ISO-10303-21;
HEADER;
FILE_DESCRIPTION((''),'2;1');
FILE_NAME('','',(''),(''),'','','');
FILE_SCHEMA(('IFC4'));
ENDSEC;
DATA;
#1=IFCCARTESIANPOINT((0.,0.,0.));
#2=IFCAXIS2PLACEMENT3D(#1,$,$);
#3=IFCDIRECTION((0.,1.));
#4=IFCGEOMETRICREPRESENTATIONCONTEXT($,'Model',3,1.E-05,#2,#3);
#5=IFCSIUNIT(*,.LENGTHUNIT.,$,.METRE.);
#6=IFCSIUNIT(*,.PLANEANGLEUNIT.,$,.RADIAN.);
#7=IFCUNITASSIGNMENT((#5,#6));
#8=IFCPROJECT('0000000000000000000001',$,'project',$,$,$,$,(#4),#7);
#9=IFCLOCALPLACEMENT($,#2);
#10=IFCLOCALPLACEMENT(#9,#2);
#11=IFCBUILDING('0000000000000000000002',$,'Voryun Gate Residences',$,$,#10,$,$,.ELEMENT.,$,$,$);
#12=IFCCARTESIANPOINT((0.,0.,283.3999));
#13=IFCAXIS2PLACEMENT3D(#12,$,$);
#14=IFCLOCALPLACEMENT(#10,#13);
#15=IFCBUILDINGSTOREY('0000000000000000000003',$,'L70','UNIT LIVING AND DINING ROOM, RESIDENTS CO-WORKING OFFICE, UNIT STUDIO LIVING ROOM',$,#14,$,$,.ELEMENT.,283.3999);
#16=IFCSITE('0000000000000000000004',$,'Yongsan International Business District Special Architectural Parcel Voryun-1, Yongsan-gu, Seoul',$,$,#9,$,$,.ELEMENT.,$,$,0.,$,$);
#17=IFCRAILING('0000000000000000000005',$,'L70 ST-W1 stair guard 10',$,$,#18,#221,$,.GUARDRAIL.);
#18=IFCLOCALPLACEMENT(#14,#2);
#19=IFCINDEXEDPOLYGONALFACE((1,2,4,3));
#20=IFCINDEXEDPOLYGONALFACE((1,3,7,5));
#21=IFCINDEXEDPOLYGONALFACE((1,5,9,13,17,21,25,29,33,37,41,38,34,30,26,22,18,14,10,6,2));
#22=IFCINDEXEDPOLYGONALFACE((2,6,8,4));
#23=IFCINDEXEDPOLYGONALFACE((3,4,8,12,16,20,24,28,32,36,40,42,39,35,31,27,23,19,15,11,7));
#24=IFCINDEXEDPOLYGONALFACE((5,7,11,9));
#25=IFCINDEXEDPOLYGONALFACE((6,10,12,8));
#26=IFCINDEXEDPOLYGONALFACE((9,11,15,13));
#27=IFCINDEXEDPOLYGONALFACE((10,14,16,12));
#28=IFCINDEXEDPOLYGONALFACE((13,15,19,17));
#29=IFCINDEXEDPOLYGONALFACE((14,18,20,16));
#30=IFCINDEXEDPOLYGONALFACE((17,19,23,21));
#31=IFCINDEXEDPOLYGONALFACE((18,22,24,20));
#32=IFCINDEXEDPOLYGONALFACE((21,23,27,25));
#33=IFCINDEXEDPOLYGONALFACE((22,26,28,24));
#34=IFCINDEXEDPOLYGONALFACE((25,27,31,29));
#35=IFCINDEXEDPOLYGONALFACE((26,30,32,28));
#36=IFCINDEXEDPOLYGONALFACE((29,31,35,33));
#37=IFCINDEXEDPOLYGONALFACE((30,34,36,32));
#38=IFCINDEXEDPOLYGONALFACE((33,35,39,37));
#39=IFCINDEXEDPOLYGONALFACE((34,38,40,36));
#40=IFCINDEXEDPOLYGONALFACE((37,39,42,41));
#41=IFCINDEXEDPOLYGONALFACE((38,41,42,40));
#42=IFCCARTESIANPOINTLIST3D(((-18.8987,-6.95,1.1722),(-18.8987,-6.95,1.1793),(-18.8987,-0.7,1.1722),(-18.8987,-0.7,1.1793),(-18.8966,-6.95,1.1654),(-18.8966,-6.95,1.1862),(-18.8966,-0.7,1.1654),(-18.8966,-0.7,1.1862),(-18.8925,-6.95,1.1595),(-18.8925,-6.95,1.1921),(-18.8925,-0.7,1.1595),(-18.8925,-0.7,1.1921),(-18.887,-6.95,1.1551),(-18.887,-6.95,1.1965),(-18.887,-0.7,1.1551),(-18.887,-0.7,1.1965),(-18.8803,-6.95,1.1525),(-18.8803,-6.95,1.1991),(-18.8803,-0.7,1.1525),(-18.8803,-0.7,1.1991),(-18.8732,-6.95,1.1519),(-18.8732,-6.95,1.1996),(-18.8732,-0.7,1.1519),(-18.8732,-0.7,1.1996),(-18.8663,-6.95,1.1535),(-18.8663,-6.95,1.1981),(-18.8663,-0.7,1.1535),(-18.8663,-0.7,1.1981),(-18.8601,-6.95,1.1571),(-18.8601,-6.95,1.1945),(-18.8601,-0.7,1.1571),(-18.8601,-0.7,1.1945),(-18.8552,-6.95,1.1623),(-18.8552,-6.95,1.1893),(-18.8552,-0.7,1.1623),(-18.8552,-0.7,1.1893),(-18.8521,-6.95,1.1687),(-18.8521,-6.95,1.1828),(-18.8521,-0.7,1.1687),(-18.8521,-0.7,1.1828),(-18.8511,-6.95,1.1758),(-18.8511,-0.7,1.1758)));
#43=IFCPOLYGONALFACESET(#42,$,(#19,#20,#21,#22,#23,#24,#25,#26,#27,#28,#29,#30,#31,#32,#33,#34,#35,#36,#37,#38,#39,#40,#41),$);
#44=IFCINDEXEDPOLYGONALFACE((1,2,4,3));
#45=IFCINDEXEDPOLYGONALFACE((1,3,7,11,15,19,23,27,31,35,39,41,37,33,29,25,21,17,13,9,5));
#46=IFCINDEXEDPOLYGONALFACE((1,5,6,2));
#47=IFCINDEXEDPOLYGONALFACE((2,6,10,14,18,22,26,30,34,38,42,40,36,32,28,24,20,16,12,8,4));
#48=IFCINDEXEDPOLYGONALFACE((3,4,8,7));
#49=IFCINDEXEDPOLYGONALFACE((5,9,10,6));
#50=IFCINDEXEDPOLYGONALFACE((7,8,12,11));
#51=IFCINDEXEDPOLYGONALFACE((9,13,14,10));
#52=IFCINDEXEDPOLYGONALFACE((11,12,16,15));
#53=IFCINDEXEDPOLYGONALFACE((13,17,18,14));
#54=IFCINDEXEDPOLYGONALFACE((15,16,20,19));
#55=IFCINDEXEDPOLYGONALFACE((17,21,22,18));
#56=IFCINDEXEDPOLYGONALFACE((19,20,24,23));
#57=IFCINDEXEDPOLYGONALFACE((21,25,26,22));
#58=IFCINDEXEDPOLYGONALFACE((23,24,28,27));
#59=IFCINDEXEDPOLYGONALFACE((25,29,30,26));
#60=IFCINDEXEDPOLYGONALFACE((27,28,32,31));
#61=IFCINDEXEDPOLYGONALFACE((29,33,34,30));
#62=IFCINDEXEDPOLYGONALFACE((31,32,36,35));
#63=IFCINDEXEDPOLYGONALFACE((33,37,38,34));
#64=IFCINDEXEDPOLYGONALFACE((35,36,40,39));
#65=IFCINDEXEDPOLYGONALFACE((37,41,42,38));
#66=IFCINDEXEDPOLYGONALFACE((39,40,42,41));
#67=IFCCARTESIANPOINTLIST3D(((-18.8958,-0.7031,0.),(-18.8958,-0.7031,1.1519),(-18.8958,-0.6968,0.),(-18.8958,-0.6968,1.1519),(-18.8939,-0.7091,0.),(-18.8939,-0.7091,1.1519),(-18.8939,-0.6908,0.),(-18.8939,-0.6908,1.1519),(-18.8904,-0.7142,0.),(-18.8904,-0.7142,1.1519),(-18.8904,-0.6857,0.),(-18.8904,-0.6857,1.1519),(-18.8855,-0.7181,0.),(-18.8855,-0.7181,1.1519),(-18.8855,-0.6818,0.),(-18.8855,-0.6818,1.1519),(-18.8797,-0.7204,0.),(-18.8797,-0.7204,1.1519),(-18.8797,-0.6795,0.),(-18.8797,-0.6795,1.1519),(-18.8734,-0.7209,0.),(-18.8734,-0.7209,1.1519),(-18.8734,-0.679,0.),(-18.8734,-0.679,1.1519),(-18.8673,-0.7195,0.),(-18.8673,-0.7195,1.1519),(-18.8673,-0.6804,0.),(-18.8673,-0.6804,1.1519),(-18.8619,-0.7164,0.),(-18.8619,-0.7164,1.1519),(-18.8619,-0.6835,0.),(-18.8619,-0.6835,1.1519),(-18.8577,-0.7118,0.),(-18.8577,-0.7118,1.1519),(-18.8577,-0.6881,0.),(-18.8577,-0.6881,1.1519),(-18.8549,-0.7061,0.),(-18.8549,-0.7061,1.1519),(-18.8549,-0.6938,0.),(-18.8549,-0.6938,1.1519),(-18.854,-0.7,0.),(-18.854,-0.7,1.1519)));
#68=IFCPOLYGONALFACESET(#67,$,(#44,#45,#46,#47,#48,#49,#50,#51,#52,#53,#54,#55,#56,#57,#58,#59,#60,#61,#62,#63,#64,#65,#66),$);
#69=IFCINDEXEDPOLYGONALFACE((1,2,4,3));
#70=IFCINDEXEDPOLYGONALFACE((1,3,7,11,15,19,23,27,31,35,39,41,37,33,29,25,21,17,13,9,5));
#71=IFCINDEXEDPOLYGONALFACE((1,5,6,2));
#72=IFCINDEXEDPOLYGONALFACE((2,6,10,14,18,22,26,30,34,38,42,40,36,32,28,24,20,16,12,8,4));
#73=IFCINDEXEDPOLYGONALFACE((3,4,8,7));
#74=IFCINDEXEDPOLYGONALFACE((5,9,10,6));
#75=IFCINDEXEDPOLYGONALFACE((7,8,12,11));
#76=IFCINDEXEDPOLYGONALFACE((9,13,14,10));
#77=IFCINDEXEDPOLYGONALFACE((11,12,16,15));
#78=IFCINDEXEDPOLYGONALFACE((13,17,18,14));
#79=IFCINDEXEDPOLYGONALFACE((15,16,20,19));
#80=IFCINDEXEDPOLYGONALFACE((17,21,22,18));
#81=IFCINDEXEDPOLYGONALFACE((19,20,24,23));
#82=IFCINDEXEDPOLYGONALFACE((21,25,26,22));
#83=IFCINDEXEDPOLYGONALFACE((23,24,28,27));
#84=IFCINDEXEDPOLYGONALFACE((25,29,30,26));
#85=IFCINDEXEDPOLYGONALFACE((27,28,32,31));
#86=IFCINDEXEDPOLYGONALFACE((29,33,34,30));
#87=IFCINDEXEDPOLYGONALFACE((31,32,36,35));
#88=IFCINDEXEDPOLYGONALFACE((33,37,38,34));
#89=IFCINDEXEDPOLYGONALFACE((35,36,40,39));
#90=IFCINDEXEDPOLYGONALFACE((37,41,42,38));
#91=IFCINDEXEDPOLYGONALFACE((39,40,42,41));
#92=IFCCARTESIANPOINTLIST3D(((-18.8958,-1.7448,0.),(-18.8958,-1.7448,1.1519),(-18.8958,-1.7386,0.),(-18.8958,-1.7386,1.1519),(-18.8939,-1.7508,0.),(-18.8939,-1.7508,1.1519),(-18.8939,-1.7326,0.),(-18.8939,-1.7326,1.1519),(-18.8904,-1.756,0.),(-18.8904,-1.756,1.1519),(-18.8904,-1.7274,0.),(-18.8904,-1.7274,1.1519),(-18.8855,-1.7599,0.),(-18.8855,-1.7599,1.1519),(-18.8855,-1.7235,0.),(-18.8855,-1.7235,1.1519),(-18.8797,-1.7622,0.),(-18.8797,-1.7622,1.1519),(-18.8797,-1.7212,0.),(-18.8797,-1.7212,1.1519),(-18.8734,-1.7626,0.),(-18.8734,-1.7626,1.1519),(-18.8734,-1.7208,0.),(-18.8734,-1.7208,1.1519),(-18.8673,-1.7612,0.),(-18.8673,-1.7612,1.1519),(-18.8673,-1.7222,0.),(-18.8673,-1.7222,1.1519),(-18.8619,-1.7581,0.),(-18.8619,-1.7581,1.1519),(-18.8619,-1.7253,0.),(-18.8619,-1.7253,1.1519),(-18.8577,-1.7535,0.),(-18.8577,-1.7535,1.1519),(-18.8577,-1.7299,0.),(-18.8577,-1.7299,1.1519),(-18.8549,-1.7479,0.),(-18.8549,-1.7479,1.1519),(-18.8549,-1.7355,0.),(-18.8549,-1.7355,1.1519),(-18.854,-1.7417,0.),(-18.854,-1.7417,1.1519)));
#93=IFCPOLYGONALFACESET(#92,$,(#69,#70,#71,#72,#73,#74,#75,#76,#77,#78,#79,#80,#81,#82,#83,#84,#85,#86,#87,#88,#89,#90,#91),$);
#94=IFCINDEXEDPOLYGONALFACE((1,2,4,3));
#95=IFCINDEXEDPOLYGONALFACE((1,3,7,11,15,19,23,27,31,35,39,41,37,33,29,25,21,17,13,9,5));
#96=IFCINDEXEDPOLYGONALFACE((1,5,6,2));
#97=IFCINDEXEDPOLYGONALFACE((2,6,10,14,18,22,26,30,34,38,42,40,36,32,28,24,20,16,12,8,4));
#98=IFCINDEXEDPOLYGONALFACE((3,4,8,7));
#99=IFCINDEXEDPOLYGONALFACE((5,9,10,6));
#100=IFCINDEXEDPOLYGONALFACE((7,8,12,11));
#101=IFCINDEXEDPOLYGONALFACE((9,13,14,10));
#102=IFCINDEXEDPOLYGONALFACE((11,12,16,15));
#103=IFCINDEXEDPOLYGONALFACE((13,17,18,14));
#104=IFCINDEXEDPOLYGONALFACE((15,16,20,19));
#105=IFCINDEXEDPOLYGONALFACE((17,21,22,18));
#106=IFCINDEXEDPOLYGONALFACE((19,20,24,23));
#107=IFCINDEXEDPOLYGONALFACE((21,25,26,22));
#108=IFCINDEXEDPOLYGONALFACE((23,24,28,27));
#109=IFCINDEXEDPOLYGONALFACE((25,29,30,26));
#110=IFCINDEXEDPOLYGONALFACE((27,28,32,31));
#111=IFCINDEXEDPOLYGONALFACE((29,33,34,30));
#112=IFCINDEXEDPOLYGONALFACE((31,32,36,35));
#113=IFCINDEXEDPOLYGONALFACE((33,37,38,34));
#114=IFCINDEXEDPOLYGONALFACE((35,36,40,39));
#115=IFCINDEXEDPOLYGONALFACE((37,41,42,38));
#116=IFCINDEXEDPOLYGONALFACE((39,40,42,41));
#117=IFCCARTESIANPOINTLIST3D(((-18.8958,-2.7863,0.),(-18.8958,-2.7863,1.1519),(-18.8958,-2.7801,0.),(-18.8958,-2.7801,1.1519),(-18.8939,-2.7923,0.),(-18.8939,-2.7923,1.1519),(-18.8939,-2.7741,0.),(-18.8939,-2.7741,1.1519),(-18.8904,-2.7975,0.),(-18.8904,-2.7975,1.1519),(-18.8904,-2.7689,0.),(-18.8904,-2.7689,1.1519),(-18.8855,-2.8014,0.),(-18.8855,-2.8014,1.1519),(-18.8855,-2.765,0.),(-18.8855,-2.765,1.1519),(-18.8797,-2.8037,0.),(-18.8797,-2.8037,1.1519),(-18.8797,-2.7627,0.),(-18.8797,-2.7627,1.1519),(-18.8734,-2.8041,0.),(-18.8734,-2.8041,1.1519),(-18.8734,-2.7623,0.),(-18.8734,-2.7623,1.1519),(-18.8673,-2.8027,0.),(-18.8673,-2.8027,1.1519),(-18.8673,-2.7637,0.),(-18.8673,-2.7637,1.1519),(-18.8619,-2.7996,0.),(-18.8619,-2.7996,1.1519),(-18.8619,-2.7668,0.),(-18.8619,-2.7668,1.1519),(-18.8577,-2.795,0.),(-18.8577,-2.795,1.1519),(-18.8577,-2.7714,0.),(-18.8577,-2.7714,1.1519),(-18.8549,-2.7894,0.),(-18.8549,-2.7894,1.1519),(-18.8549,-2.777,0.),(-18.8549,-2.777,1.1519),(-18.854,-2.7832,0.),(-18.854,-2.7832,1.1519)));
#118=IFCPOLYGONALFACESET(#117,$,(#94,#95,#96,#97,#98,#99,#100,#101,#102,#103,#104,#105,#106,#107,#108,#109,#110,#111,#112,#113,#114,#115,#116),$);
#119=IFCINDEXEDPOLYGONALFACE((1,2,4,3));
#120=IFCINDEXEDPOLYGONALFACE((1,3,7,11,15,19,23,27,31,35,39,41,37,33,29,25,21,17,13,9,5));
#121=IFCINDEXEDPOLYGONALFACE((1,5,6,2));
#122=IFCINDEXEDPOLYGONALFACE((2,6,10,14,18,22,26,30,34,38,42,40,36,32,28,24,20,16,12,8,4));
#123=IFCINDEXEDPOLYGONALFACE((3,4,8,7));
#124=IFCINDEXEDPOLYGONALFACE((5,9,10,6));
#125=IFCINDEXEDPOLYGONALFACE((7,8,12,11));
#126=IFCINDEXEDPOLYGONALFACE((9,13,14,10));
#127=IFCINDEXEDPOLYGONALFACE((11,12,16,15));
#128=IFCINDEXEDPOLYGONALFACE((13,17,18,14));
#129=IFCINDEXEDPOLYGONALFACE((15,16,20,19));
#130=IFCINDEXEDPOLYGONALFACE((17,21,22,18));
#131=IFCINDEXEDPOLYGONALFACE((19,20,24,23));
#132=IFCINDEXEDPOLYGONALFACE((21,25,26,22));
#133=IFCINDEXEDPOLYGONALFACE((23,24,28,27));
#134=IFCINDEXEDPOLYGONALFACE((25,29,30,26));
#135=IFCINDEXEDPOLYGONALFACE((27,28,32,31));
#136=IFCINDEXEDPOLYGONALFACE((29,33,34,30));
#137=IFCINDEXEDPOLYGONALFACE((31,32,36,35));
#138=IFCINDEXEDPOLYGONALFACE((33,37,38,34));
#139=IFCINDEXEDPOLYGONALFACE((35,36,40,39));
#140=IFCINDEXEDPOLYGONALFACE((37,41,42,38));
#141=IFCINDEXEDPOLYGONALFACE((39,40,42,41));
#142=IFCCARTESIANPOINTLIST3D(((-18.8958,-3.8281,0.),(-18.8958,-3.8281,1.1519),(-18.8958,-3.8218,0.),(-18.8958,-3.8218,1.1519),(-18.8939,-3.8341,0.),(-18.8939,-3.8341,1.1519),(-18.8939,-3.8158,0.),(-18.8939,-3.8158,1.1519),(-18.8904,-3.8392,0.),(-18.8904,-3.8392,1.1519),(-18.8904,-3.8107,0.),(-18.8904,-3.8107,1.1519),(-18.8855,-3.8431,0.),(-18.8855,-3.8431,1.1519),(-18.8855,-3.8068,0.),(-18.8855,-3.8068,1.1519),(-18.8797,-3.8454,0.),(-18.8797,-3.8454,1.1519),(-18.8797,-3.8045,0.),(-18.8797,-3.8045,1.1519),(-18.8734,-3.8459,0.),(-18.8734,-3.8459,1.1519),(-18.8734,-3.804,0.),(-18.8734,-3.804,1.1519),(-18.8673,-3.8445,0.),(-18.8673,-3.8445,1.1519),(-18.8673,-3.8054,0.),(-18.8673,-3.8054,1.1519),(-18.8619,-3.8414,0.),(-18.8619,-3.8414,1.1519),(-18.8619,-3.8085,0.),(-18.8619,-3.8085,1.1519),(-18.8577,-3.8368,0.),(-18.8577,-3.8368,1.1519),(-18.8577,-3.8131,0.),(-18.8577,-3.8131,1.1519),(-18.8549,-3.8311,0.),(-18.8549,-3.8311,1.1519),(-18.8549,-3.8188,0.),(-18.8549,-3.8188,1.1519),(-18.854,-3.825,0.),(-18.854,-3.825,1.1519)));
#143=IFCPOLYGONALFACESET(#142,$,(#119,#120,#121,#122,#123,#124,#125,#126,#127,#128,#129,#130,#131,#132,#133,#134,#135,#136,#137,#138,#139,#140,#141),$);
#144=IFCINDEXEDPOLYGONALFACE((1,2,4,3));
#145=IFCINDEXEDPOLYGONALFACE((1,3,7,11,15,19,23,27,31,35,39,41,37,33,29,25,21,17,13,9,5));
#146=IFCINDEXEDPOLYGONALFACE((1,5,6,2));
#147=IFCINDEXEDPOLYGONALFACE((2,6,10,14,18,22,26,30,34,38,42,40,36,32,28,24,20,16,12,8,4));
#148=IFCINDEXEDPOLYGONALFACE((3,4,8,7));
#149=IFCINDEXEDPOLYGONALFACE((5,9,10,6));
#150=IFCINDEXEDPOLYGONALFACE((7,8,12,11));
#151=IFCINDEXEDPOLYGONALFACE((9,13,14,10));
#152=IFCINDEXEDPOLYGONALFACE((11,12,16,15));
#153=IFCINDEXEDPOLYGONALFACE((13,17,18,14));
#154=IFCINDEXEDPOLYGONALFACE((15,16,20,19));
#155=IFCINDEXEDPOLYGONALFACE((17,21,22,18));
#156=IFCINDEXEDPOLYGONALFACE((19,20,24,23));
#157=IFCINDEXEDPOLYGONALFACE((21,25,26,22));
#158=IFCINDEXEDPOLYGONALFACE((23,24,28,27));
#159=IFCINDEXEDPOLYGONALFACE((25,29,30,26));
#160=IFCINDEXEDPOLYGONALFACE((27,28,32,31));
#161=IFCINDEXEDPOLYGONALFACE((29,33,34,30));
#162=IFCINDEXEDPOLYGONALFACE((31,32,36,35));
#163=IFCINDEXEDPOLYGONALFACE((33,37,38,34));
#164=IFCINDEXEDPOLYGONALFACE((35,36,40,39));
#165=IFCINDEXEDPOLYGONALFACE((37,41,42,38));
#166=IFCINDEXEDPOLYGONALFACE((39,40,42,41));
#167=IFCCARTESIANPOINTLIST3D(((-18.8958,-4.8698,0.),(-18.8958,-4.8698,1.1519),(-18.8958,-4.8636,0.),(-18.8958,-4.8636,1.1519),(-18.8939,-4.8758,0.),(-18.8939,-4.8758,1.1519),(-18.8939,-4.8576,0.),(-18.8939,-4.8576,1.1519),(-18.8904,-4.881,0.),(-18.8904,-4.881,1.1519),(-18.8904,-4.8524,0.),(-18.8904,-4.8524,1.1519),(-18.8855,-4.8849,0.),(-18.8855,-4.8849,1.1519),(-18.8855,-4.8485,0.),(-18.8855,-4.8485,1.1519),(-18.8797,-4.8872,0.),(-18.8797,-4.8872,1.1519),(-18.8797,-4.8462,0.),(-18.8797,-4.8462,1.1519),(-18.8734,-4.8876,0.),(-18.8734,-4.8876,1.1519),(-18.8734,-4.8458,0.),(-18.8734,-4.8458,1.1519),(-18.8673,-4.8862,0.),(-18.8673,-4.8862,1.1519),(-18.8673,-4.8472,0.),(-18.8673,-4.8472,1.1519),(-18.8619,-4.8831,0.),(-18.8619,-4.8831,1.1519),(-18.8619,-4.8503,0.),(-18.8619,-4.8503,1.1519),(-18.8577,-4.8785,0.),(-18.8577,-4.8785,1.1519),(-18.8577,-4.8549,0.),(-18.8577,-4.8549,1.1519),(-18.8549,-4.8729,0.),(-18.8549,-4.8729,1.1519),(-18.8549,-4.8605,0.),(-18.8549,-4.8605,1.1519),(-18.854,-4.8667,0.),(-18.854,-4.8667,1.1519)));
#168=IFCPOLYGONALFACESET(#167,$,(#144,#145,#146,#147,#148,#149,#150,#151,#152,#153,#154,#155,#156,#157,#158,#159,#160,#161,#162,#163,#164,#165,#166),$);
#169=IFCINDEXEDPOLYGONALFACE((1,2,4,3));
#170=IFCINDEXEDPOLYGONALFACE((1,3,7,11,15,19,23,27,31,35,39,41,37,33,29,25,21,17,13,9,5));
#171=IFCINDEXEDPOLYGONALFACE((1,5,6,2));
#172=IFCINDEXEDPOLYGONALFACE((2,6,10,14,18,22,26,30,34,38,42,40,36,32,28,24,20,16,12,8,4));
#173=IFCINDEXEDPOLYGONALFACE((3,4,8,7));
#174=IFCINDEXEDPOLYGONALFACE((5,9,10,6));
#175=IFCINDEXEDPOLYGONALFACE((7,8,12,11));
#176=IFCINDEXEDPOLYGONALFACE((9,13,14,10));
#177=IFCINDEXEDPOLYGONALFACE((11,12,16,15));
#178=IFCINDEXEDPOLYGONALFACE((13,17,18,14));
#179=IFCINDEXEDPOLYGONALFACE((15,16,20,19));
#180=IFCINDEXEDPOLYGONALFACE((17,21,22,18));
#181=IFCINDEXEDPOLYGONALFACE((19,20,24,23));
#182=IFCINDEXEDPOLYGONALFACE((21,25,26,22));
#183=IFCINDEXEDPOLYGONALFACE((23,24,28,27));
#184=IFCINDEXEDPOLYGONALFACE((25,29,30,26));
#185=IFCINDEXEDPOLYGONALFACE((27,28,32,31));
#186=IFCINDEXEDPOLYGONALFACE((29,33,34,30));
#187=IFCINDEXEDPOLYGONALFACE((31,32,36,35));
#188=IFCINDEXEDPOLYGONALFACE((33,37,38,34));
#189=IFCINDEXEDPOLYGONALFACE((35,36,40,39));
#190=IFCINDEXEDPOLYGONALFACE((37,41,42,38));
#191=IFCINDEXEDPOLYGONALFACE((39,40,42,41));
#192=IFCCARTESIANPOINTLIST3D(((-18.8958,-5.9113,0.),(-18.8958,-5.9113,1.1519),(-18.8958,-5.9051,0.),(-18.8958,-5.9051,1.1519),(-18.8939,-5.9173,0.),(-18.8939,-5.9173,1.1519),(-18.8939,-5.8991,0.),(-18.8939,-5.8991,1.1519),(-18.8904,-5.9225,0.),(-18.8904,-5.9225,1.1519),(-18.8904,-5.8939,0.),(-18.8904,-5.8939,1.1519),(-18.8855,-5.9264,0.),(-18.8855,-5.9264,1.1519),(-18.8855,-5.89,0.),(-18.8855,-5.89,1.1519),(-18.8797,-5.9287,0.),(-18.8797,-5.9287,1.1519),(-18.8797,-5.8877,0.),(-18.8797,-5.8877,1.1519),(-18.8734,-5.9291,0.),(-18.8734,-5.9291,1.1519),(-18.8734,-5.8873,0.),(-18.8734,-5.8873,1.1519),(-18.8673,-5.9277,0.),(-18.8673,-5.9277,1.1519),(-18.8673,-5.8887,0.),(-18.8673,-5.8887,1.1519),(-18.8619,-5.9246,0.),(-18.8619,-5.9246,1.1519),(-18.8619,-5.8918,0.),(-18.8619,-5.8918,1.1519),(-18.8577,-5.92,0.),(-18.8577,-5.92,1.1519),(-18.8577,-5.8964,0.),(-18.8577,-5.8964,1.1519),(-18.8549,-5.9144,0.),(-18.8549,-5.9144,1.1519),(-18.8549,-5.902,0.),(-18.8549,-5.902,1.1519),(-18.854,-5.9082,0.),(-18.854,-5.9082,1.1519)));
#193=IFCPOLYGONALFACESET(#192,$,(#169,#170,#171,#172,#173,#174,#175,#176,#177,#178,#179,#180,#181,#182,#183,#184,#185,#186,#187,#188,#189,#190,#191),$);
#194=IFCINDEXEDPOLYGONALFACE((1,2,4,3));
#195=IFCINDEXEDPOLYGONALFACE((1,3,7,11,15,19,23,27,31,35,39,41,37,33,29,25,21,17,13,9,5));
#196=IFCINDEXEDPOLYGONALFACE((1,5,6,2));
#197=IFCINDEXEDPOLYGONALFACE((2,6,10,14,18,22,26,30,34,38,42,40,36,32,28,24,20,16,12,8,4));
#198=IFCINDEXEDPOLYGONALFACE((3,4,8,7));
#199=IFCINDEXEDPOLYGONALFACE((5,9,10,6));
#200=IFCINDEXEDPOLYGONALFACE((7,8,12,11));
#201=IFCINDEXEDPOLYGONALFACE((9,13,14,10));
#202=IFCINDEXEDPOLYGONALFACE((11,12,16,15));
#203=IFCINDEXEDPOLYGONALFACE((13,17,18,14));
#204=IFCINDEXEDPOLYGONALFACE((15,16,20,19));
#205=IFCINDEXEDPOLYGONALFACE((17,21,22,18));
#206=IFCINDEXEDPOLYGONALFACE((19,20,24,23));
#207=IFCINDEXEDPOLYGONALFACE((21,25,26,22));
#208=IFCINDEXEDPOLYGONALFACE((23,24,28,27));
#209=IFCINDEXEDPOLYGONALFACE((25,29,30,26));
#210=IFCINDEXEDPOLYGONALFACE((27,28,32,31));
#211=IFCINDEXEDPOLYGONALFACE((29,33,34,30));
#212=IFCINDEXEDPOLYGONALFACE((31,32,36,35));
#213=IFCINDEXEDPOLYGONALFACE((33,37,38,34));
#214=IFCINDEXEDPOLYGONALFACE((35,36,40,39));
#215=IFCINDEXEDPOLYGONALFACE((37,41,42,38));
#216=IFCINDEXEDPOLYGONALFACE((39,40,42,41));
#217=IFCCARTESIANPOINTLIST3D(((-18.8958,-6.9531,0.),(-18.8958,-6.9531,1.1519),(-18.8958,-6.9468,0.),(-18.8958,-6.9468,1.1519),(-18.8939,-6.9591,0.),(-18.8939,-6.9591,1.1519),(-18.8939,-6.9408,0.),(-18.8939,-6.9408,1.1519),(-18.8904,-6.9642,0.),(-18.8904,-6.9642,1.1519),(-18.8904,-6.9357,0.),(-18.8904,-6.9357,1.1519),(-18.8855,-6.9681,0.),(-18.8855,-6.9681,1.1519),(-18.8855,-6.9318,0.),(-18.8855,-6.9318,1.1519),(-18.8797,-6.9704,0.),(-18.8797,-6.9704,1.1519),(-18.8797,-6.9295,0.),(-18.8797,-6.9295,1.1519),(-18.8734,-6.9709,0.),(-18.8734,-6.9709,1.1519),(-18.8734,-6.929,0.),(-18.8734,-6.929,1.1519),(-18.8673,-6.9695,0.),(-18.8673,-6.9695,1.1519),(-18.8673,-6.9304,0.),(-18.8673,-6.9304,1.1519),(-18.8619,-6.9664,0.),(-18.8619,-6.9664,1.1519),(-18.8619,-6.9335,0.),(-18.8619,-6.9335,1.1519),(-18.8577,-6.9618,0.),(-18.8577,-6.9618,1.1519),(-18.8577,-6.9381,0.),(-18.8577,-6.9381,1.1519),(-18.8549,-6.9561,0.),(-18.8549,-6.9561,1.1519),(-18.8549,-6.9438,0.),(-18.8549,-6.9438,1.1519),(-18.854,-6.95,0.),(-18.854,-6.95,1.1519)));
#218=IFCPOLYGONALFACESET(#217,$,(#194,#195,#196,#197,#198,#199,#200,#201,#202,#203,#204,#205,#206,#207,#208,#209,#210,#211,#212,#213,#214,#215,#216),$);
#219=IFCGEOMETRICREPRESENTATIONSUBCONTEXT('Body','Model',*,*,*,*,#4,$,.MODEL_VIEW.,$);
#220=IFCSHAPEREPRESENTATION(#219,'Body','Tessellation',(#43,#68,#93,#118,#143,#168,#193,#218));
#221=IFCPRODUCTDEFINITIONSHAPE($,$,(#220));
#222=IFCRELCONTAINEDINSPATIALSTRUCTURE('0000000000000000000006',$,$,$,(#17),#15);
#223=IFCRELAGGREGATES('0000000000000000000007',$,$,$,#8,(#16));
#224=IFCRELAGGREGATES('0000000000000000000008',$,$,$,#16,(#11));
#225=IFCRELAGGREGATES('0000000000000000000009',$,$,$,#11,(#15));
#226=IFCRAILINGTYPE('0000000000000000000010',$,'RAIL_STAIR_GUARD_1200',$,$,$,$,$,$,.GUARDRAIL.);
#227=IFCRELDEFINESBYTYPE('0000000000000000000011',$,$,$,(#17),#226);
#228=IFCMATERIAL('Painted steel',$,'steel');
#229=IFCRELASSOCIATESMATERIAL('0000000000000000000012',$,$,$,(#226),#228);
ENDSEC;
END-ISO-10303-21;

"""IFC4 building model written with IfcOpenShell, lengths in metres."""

from ifc_helpers import new_model, si_unit, direction, frame, origin, origin_2d, place, context, subcontext, project, spatial, circle, extrude, material, type_object, element, save


model = new_model("IFC4")

# Units and contexts
model_context = context("Model", 3, precision=1e-05, world=origin(), true_north=direction((0.0, 1.0)))
body_context = subcontext(model_context, "Body", "Model", "MODEL_VIEW")
ifc_project = project(units=[si_unit("LENGTHUNIT", "METRE"), si_unit("PLANEANGLEUNIT", "RADIAN")], contexts=[model_context])

# Site, building, storey
site_placement = place(None, origin())
site = spatial("IfcSite", under=ifc_project, at=site_placement, Name="Yongsan International Business District Special Architectural Parcel Voryun-1, Yongsan-gu, Seoul", CompositionType="ELEMENT", RefElevation=0.0)
building_placement = place(site_placement, origin())
building = spatial("IfcBuilding", under=site, at=building_placement, Name="Voryun Gate Residences", CompositionType="ELEMENT")
storey_placement = place(building_placement, frame((0.0, 0.0, 283.3999)))
storey = spatial("IfcBuildingStorey", under=building, at=storey_placement, Name="L70", Description="UNIT LIVING AND DINING ROOM, RESIDENTS CO-WORKING OFFICE, UNIT STUDIO LIVING ROOM", CompositionType="ELEMENT", Elevation=283.3999)

# Railing
ifc_material_1 = material(Name="Painted steel", Category="steel")
railing_type = type_object("IfcRailingType", Name="RAIL_STAIR_GUARD_1200", PredefinedType="GUARDRAIL", material=ifc_material_1)
railing_placement = place(storey_placement, frame((-18.875, -0.7, 0.0)))
element("IfcRailing", 1, at=railing_placement, inside=storey, type_object=railing_type, Name="L70 ST-W1 stair guard 10", PredefinedType="GUARDRAIL", context=body_context, shape_type="SweptSolid", body=[
    extrude(circle(Radius=0.0239, at=origin_2d()), frame((0.0, 0.0, 1.1758), z_axis=(0.0, -1.0, 0.0), x_axis=(1.0, 0.0, 0.0)), (0.0, 0.0, 1.0), 6.25),
    extrude(circle(Radius=0.021, at=origin_2d()), origin(), (0.0, 0.0, 1.0), 1.1519),
    extrude(circle(Radius=0.021, at=origin_2d()), frame((0.0, -1.0417, 0.0)), (0.0, 0.0, 1.0), 1.1519),
    extrude(circle(Radius=0.021, at=origin_2d()), frame((0.0, -2.0833, 0.0)), (0.0, 0.0, 1.0), 1.1519),
    extrude(circle(Radius=0.021, at=origin_2d()), frame((0.0, -3.125, 0.0)), (0.0, 0.0, 1.0), 1.1519),
    extrude(circle(Radius=0.021, at=origin_2d()), frame((0.0, -4.1667, 0.0)), (0.0, 0.0, 1.0), 1.1519),
    extrude(circle(Radius=0.021, at=origin_2d()), frame((0.0, -5.2083, 0.0)), (0.0, 0.0, 1.0), 1.1519),
    extrude(circle(Radius=0.021, at=origin_2d()), frame((0.0, -6.25, 0.0)), (0.0, 0.0, 1.0), 1.1519),
])

save(model, "model.ifc")
